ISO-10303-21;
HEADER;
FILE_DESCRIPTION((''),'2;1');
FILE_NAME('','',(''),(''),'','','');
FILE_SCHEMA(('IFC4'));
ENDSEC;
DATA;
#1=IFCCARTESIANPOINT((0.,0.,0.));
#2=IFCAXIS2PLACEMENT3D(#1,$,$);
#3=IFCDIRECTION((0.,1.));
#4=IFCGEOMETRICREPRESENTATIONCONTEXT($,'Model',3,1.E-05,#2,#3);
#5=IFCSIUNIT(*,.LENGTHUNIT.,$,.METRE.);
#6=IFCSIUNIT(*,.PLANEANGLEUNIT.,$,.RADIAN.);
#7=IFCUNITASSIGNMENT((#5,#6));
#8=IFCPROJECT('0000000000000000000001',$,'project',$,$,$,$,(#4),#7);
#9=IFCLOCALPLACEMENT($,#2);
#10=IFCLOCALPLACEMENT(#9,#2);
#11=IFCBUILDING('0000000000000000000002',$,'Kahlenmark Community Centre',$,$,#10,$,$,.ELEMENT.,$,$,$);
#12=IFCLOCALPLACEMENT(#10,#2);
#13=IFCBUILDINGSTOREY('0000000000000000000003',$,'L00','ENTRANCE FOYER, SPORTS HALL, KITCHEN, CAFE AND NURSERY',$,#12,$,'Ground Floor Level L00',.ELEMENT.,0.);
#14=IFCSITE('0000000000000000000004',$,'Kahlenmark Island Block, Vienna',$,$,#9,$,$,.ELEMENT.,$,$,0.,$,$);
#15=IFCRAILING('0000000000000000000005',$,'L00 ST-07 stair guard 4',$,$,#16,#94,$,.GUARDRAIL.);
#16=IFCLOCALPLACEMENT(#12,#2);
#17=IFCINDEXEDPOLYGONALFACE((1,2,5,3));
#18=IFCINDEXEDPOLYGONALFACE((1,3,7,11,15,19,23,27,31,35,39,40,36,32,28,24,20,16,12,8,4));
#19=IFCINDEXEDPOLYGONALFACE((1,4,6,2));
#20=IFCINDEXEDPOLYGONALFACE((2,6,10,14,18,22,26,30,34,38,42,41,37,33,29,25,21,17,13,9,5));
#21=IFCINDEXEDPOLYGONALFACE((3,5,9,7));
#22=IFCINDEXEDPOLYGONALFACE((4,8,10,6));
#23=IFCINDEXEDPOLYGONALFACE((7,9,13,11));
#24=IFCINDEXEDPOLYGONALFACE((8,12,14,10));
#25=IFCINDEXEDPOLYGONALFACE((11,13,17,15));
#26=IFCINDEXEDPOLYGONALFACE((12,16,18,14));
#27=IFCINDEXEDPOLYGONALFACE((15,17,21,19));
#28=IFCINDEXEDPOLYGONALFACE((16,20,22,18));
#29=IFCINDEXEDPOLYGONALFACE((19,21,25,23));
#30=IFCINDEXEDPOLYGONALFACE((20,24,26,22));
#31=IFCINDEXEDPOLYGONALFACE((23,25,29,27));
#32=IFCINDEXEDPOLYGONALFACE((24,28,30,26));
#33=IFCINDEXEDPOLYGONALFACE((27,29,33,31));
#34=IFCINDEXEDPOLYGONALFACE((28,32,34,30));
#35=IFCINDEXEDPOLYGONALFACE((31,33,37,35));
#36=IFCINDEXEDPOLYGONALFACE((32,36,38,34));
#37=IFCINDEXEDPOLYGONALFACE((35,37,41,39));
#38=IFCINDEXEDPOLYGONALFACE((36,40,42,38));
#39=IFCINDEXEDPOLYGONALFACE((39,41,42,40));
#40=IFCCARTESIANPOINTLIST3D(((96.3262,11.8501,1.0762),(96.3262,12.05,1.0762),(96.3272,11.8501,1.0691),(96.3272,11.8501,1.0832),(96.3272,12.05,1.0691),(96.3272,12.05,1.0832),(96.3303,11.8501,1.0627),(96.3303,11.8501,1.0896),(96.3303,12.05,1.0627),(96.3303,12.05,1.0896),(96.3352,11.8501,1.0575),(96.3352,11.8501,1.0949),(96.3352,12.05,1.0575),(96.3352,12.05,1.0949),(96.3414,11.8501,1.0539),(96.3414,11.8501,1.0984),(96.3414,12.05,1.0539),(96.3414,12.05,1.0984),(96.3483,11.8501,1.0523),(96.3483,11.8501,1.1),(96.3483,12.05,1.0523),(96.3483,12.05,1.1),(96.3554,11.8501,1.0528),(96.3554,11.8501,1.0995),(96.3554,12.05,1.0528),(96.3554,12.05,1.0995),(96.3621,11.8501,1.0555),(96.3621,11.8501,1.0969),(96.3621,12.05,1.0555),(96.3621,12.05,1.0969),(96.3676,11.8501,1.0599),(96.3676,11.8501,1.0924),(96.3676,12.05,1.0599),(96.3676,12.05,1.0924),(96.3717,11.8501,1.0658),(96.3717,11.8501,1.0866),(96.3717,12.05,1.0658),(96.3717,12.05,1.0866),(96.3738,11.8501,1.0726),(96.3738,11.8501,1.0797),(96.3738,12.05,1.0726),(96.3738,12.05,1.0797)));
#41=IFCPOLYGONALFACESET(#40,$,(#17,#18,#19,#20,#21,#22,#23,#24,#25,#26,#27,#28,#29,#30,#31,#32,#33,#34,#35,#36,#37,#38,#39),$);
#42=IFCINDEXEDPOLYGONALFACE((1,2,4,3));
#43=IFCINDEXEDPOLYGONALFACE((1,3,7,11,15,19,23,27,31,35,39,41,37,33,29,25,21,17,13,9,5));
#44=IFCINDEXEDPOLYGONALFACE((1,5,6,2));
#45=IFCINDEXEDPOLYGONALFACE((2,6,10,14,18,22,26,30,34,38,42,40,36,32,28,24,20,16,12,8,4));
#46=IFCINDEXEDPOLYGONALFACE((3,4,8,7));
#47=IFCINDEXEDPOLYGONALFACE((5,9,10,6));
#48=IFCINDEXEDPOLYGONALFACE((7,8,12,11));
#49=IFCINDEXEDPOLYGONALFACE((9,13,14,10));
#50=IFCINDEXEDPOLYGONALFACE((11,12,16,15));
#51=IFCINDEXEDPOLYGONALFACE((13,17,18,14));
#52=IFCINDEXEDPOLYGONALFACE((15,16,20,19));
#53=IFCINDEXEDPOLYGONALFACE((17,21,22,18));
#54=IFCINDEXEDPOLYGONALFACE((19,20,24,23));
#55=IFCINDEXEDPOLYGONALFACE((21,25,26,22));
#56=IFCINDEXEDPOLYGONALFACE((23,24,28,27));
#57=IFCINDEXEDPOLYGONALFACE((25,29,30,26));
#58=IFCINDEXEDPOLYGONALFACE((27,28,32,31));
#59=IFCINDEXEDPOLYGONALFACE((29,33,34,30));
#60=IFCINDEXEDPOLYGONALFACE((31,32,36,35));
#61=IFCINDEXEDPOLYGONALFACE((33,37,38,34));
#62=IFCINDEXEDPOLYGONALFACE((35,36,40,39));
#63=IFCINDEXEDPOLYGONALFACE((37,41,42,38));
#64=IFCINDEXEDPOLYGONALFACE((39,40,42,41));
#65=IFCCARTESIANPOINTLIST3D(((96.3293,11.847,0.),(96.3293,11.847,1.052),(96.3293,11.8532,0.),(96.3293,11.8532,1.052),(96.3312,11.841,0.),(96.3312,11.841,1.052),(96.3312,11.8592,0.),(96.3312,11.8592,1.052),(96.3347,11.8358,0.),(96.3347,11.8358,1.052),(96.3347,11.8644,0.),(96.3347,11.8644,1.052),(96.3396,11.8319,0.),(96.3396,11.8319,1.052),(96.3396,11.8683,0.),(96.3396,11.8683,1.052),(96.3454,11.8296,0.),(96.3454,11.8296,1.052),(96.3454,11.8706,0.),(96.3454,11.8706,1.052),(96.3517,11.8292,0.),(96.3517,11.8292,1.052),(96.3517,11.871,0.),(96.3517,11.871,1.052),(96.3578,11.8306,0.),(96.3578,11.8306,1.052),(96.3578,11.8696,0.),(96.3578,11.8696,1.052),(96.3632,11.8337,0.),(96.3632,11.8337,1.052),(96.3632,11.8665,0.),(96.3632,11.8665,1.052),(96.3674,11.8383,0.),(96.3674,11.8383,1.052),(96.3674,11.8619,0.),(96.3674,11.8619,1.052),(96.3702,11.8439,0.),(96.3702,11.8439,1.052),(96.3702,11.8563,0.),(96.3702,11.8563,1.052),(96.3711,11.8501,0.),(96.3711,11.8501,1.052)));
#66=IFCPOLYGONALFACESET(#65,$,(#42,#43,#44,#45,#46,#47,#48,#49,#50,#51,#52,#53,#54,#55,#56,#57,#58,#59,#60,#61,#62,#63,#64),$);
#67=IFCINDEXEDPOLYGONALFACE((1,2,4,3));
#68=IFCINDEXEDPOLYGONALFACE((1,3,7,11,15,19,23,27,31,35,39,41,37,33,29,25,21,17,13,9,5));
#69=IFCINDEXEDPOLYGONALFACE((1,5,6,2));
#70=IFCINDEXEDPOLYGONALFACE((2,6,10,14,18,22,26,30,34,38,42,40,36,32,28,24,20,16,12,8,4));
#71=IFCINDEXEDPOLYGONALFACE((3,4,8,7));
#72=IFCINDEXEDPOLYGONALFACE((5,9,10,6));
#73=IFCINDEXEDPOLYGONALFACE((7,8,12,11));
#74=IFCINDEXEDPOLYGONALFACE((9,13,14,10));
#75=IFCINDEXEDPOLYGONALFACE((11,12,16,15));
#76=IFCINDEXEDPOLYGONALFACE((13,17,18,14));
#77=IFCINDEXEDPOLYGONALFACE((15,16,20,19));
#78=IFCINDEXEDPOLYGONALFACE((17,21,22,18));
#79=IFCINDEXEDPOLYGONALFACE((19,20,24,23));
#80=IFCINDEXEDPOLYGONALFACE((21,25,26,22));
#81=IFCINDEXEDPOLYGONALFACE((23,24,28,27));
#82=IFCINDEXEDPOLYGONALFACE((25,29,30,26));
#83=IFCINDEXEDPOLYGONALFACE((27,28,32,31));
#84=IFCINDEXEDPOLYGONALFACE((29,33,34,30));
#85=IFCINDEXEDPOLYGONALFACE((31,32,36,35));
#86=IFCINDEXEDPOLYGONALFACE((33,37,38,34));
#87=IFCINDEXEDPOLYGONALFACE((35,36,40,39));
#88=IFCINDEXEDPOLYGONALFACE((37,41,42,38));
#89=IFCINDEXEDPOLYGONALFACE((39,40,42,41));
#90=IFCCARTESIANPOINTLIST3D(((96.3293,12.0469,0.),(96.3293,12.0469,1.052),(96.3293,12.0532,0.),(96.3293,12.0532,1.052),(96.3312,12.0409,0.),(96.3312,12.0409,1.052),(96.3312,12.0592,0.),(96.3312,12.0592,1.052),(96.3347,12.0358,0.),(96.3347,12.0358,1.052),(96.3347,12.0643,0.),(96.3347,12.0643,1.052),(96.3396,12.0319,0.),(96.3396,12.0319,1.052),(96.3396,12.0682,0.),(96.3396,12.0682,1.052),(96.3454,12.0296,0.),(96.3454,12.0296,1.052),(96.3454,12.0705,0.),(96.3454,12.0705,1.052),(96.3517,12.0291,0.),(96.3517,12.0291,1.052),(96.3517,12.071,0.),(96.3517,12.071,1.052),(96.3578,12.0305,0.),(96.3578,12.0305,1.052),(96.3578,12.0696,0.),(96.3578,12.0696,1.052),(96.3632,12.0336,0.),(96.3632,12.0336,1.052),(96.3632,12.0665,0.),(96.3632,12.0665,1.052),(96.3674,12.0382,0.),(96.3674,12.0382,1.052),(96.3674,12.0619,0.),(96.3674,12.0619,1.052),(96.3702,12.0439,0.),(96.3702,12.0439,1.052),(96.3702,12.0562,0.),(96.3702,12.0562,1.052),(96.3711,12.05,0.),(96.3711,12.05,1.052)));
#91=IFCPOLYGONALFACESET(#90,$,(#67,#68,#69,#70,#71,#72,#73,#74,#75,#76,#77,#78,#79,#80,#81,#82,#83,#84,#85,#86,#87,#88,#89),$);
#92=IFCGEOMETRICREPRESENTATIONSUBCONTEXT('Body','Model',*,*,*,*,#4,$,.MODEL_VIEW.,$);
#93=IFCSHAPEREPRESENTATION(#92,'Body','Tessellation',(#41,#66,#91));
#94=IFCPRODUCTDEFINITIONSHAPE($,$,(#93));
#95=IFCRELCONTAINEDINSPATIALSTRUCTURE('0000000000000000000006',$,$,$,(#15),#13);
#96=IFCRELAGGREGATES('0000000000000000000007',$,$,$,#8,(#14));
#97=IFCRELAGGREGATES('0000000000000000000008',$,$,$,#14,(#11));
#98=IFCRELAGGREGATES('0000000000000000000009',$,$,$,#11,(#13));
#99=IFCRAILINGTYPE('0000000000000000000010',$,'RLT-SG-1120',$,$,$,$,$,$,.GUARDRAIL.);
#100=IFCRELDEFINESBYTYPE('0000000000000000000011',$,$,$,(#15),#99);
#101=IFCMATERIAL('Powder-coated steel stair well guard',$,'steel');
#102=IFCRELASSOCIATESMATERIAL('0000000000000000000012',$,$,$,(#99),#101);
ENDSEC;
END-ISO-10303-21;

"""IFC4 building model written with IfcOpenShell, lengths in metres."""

from ifc_helpers import new_model, si_unit, direction, frame, origin, origin_2d, place, context, subcontext, project, spatial, circle, extrude, material, type_object, element, save


model = new_model("IFC4")

# Units and contexts
model_context = context("Model", 3, precision=1e-05, world=origin(), true_north=direction((0.0, 1.0)))
body_context = subcontext(model_context, "Body", "Model", "MODEL_VIEW")
ifc_project = project(units=[si_unit("LENGTHUNIT", "METRE"), si_unit("PLANEANGLEUNIT", "RADIAN")], contexts=[model_context])

# Site, building, storey
site_placement = place(None, origin())
site = spatial("IfcSite", under=ifc_project, at=site_placement, Name="Kahlenmark Island Block, Vienna", CompositionType="ELEMENT", RefElevation=0.0)
building_placement = place(site_placement, origin())
building = spatial("IfcBuilding", under=site, at=building_placement, Name="Kahlenmark Community Centre", CompositionType="ELEMENT")
storey_placement = place(building_placement, origin())
storey = spatial("IfcBuildingStorey", under=building, at=storey_placement, Name="L00", Description="ENTRANCE FOYER, SPORTS HALL, KITCHEN, CAFE AND NURSERY", LongName="Ground Floor Level L00", CompositionType="ELEMENT", Elevation=0.0)

# Railing
ifc_material_1 = material(Name="Powder-coated steel stair well guard", Category="steel")
railing_type_1 = type_object("IfcRailingType", Name="RLT-SG-1120", PredefinedType="GUARDRAIL", material=ifc_material_1)
railing_1_placement = place(storey_placement, frame((96.3501, 11.8501, 0.0)))
element("IfcRailing", 1, at=railing_1_placement, inside=storey, type_object=railing_type_1, Name="L00 ST-07 stair guard 4", PredefinedType="GUARDRAIL", context=body_context, shape_type="SweptSolid", body=[
    extrude(circle(Radius=0.0239, at=origin_2d()), frame((0.0, 0.0, 1.0762), z_axis=(0.0, 1.0, 0.0), x_axis=(-1.0, 0.0, 0.0)), (0.0, 0.0, 1.0), 0.2),
    extrude(circle(Radius=0.021, at=origin_2d()), origin(), (0.0, 0.0, 1.0), 1.052),
    extrude(circle(Radius=0.021, at=origin_2d()), frame((0.0, 0.2, 0.0)), (0.0, 0.0, 1.0), 1.052),
])

save(model, "model.ifc")
